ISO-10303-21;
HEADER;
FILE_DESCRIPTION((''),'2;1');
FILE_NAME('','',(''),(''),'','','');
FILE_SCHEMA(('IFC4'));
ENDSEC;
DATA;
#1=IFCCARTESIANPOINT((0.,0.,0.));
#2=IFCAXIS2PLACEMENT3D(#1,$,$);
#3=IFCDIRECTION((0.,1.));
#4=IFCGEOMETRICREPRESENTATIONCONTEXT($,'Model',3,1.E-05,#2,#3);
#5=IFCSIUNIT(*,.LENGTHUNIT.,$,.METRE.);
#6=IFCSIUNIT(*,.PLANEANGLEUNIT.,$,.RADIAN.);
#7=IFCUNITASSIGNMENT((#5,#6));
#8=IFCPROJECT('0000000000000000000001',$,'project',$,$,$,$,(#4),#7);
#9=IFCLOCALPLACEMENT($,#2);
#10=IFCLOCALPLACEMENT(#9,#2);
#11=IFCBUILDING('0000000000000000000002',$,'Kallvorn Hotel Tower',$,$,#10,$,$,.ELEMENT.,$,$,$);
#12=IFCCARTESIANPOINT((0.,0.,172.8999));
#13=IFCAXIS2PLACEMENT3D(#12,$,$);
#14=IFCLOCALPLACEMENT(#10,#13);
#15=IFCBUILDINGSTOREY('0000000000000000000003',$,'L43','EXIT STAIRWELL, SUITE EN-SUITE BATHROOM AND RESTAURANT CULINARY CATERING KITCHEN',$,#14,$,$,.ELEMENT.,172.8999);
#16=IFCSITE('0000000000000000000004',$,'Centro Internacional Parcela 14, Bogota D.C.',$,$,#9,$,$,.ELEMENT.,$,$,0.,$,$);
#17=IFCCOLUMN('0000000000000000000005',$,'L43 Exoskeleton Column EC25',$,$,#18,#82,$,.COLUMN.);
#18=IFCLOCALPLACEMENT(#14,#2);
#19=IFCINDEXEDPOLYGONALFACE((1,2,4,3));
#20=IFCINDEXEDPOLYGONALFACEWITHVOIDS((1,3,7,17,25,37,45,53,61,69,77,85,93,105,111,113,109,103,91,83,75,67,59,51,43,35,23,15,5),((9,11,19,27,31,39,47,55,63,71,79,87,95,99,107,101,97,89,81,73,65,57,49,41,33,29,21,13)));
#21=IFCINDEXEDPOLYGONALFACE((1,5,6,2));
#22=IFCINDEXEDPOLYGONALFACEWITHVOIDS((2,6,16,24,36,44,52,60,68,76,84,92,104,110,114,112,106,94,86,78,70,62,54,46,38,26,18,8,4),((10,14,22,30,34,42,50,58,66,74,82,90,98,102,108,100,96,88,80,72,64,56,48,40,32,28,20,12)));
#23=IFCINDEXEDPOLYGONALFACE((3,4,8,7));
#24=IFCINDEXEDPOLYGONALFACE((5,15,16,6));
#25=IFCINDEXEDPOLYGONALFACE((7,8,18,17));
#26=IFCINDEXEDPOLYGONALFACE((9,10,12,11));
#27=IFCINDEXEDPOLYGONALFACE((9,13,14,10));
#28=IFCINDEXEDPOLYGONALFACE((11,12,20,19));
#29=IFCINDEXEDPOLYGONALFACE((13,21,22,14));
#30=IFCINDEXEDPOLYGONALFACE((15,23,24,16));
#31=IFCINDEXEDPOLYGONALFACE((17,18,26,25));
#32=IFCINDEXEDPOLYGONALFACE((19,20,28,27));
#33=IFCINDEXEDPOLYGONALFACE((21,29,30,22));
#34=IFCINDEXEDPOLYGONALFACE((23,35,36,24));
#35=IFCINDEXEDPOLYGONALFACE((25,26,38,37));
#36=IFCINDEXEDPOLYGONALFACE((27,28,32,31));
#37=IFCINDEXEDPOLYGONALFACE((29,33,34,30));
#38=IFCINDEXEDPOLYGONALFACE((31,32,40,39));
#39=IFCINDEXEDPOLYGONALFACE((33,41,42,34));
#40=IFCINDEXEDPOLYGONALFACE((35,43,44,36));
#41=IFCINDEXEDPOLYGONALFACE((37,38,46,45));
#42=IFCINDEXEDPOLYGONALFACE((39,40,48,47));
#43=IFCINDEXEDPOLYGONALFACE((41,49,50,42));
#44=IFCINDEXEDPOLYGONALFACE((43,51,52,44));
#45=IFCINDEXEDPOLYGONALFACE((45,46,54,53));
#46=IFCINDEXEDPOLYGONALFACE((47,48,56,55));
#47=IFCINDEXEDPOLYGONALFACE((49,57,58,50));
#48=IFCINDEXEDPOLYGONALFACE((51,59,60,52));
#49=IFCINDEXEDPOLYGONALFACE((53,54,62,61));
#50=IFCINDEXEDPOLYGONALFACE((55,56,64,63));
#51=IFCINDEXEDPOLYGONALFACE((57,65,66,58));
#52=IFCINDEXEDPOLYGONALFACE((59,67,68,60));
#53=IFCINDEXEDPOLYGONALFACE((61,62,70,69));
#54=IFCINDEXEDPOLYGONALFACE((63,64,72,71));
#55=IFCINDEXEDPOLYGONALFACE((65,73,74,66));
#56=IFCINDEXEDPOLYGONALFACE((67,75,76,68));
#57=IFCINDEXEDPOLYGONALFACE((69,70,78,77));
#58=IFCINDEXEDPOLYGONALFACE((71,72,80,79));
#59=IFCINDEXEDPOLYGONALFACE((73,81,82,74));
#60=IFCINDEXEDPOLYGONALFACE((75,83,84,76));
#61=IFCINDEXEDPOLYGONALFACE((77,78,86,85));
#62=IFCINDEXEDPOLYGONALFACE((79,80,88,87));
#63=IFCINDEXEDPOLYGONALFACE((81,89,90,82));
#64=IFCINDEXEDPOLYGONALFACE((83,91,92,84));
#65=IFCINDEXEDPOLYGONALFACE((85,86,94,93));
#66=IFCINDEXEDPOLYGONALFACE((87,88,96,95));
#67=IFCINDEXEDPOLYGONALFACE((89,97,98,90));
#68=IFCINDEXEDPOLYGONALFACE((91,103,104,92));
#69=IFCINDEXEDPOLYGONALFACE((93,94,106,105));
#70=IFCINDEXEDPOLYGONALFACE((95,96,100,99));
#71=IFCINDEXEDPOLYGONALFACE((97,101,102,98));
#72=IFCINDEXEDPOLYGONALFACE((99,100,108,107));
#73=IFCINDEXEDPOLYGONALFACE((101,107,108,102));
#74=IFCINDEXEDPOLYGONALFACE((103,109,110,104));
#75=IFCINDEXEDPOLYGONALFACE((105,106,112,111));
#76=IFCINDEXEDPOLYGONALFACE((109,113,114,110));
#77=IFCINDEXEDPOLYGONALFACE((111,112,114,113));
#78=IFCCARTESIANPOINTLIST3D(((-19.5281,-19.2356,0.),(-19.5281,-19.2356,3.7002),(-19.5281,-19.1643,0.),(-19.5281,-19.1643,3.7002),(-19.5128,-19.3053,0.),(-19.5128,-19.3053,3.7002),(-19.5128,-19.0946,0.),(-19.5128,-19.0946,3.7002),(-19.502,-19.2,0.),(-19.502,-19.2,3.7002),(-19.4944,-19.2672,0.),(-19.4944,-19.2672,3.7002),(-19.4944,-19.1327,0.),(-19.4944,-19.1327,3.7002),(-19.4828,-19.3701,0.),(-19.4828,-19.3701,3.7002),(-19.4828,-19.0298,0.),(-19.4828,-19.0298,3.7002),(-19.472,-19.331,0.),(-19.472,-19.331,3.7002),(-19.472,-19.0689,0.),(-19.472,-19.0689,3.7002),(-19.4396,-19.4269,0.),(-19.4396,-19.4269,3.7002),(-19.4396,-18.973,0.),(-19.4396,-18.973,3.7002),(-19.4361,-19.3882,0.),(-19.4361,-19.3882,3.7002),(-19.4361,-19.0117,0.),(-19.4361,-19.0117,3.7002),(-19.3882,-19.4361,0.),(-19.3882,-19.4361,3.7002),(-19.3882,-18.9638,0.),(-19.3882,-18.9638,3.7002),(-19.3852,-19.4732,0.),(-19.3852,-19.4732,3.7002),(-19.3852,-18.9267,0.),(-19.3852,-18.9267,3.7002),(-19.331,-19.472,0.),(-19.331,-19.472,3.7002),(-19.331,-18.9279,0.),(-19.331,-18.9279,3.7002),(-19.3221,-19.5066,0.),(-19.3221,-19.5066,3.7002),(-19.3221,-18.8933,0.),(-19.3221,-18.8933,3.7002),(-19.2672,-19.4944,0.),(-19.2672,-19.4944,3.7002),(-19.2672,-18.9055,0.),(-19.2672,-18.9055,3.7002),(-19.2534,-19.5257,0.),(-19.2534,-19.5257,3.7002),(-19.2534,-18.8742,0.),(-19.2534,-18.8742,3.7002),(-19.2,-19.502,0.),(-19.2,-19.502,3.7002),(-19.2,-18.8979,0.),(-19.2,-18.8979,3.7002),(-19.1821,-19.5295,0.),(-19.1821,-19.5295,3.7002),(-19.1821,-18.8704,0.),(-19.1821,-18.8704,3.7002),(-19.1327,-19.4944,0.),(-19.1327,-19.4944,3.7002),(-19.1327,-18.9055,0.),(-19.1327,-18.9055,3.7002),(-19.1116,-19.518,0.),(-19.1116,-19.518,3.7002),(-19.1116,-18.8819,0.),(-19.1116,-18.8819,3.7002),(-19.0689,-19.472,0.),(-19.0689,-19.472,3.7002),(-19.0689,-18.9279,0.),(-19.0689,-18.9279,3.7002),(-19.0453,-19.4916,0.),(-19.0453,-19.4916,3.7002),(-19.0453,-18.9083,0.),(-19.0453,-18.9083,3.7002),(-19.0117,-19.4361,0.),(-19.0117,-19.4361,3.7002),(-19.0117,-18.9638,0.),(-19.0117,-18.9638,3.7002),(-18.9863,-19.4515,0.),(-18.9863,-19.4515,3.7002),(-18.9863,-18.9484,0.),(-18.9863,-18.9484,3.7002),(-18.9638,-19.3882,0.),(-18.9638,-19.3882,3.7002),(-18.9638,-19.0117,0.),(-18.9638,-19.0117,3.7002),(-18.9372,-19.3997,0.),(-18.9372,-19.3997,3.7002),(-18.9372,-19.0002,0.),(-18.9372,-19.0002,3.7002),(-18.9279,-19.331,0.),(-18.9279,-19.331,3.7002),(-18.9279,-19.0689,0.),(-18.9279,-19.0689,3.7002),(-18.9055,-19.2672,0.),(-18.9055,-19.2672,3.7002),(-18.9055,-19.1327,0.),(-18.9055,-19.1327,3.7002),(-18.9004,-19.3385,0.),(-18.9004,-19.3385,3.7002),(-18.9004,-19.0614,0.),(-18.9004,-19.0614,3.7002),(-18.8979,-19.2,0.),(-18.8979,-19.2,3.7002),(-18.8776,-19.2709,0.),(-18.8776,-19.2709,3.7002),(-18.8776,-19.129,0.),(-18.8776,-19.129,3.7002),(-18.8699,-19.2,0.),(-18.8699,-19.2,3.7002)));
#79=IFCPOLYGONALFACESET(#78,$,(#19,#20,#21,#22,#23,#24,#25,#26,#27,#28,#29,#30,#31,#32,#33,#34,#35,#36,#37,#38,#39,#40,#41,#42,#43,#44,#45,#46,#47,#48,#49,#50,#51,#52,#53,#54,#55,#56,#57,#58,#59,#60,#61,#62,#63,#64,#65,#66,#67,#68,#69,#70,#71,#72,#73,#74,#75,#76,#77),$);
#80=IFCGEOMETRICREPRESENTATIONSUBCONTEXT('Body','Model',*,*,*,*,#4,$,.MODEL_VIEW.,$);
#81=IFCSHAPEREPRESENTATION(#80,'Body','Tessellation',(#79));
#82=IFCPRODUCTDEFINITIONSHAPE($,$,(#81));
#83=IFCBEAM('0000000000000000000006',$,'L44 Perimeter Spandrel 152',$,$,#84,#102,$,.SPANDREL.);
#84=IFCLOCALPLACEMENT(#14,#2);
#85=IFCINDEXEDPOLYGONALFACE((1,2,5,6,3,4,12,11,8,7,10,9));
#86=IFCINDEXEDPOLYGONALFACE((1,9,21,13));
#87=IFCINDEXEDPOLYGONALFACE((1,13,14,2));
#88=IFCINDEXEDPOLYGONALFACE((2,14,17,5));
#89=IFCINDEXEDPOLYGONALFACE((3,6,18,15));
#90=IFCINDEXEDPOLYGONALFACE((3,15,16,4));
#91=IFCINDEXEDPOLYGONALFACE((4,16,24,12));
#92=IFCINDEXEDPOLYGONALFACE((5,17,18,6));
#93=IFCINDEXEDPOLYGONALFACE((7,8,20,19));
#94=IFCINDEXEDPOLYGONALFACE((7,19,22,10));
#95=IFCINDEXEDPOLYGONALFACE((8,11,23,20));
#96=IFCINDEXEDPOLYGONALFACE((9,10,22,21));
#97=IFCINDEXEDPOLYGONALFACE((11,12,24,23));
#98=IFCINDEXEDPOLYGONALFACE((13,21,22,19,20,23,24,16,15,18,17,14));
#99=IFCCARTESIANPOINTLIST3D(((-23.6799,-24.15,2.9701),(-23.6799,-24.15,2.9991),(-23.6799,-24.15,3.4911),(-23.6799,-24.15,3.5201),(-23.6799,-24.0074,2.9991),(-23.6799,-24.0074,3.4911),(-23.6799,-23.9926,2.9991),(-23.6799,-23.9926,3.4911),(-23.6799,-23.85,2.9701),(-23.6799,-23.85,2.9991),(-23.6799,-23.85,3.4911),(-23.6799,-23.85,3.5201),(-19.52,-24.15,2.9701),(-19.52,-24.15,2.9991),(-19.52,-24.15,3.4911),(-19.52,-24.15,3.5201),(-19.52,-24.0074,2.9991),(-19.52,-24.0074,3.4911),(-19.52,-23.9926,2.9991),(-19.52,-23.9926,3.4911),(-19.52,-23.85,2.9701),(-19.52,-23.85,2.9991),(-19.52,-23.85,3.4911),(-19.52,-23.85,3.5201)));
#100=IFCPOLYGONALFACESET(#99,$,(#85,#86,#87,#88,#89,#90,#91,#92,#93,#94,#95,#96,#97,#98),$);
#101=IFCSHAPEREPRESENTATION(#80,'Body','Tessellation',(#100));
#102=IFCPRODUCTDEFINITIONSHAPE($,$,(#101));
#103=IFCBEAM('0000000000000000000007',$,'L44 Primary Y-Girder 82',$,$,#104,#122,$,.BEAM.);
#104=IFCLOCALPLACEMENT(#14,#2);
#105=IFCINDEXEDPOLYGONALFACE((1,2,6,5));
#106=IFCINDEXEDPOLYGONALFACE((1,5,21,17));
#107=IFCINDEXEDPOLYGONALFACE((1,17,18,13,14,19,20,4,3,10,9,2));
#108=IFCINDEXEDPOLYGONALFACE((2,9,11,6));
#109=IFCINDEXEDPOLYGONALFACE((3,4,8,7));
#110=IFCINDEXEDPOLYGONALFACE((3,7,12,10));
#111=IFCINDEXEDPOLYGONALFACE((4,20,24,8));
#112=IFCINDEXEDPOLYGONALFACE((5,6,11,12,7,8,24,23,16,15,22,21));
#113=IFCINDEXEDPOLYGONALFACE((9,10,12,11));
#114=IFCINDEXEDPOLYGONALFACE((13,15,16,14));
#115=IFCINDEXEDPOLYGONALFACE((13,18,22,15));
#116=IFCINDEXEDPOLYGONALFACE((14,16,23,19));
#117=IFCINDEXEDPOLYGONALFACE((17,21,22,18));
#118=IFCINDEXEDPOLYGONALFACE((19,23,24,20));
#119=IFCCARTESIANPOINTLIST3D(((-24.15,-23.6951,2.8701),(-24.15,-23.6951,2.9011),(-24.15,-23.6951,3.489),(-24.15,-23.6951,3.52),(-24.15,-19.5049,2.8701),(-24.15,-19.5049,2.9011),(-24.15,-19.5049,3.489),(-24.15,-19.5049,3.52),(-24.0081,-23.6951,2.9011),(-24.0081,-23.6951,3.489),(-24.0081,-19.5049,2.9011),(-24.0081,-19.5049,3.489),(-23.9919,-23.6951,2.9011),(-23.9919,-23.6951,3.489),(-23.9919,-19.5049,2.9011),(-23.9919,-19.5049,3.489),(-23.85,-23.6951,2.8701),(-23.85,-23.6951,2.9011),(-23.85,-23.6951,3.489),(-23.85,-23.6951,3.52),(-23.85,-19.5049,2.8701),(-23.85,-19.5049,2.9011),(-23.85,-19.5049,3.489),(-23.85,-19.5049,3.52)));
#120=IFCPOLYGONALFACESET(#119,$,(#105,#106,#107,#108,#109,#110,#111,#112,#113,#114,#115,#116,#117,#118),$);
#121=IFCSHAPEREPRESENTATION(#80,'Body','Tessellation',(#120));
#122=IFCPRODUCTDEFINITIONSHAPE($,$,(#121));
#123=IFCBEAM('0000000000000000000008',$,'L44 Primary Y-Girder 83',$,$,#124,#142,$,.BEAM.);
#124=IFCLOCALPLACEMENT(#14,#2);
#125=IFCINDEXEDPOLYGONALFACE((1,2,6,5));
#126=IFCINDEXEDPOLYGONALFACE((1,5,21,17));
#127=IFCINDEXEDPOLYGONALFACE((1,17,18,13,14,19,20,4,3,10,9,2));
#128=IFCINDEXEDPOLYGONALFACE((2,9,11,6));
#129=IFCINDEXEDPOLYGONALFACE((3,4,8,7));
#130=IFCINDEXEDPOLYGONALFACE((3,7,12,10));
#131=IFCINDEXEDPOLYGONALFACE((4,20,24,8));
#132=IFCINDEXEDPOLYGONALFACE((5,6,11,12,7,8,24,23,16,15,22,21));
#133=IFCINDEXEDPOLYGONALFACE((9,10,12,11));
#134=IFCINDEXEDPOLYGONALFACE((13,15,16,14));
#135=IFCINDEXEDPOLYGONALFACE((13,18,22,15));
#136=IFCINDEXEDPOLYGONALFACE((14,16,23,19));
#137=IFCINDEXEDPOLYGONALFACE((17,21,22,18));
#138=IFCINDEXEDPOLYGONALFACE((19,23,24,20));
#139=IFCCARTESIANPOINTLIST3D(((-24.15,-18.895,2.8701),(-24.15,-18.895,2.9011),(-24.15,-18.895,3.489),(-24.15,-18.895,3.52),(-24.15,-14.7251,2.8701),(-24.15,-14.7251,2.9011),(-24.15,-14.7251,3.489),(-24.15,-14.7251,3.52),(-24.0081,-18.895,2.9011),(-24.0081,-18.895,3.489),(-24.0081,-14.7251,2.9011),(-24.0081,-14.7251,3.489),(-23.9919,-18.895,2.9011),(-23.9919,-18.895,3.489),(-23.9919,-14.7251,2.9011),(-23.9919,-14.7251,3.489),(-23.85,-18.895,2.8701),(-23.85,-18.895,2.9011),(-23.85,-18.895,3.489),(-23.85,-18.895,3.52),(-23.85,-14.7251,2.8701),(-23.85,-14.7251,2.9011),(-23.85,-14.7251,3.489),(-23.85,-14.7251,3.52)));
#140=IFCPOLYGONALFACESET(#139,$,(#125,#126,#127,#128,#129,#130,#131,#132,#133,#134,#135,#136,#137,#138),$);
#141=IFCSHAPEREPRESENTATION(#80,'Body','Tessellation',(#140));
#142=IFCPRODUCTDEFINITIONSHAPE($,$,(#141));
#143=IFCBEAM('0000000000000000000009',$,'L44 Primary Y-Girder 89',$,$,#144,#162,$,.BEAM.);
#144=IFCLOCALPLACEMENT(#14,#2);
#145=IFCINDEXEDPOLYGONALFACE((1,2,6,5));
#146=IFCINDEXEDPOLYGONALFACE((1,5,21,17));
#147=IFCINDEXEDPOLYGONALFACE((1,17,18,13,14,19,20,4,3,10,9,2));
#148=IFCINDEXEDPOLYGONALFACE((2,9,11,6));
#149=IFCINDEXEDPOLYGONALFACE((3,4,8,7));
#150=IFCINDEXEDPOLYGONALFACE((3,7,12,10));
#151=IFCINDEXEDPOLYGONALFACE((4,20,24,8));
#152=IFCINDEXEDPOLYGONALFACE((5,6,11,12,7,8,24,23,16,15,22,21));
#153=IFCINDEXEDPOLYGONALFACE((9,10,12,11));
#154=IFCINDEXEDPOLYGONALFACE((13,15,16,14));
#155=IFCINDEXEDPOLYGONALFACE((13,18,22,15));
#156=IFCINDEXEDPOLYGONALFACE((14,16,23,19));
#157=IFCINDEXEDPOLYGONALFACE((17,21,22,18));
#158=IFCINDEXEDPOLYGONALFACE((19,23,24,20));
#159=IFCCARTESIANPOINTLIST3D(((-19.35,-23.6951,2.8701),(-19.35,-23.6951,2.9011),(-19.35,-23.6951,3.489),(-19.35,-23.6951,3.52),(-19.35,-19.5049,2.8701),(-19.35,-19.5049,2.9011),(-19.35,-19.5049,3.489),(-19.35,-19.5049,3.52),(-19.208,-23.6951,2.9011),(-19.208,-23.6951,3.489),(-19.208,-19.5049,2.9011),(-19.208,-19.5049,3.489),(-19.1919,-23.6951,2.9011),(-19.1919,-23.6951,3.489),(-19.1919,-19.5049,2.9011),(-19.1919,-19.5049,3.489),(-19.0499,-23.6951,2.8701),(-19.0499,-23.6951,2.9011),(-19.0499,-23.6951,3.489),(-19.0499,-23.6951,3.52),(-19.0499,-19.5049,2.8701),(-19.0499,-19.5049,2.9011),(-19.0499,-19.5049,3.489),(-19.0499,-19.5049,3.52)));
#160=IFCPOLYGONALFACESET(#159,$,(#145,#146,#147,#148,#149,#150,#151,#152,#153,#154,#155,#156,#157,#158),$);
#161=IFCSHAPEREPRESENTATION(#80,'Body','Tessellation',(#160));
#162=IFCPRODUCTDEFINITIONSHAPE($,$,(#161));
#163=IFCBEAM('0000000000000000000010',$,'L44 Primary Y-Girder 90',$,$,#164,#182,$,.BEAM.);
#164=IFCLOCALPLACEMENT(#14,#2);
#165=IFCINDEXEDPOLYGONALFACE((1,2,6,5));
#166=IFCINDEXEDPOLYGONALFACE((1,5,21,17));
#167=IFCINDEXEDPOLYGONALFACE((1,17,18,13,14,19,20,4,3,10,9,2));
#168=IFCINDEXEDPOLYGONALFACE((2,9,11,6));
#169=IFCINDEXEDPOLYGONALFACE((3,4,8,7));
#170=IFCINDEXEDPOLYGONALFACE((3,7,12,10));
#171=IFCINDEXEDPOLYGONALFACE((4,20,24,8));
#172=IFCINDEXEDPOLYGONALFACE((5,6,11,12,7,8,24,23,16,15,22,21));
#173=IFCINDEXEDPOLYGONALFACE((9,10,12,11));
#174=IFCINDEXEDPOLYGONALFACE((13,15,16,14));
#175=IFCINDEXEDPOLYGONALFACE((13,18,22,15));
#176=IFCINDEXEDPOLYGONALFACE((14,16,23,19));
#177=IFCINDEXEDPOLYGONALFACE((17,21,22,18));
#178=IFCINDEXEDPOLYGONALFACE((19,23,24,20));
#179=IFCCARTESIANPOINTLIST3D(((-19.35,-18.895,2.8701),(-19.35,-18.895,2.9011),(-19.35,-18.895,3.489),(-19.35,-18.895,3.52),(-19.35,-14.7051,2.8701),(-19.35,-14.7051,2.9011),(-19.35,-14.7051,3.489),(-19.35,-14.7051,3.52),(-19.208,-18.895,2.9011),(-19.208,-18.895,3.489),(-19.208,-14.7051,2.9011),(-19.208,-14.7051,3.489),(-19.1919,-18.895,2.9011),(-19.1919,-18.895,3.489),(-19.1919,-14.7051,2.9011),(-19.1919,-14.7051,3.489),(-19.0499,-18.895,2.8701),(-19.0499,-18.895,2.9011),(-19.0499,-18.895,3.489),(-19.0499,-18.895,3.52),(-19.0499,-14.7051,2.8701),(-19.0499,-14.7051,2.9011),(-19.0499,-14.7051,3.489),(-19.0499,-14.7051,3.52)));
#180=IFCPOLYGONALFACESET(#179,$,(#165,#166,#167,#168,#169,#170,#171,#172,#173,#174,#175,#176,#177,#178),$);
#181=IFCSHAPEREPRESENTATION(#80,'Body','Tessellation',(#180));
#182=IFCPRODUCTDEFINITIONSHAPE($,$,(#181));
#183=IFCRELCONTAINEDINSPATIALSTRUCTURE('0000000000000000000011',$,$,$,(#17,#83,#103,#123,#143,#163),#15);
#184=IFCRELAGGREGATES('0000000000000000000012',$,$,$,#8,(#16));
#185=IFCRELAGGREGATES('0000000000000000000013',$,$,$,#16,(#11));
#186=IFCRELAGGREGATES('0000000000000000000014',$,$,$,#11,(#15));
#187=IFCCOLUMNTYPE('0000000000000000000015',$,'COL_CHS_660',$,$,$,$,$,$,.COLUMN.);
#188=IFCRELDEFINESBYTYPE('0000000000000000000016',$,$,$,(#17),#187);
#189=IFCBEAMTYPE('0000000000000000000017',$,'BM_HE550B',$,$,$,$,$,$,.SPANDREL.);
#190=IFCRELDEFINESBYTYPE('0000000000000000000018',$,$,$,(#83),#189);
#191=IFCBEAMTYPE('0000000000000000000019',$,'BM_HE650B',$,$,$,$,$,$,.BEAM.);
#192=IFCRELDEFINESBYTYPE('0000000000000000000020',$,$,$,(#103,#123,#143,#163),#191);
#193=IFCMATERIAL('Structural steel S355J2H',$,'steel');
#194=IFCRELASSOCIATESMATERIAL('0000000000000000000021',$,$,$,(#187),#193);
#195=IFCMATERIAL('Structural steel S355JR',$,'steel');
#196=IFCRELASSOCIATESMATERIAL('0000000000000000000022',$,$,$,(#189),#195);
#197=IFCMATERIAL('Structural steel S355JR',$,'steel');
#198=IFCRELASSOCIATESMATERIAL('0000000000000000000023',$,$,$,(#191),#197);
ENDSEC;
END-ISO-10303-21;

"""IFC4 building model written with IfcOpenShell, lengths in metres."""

from ifc_helpers import new_model, si_unit, direction, frame, origin, origin_2d, place, context, subcontext, project, spatial, hollow_circle, i_section, extrude, material, material_profile, profile_set, type_object, element, save


model = new_model("IFC4")

# Units and contexts
model_context = context("Model", 3, precision=1e-05, world=origin(), true_north=direction((0.0, 1.0)))
body_context = subcontext(model_context, "Body", "Model", "MODEL_VIEW")
ifc_project = project(units=[si_unit("LENGTHUNIT", "METRE"), si_unit("PLANEANGLEUNIT", "RADIAN")], contexts=[model_context])

# Site, building, storey
site_placement = place(None, origin())
site = spatial("IfcSite", under=ifc_project, at=site_placement, Name="Centro Internacional Parcela 14, Bogota D.C.", CompositionType="ELEMENT", RefElevation=0.0)
building_placement = place(site_placement, origin())
building = spatial("IfcBuilding", under=site, at=building_placement, Name="Kallvorn Hotel Tower", CompositionType="ELEMENT")
storey_placement = place(building_placement, frame((0.0, 0.0, 172.8999)))
storey = spatial("IfcBuildingStorey", under=building, at=storey_placement, Name="L43", Description="EXIT STAIRWELL, SUITE EN-SUITE BATHROOM AND RESTAURANT CULINARY CATERING KITCHEN", CompositionType="ELEMENT", Elevation=172.8999)

# Column
ifc_material_1 = material(Name="Structural steel S355J2H", Category="steel")
ifc_material_profile_1 = material_profile(ifc_material_1, hollow_circle(Radius=0.3301, WallThickness=0.0281, at=origin_2d()), Name="CHS 660x28")
ifc_profile_set_1 = profile_set([ifc_material_profile_1], Name="Structural steel S355J2H")
column_type = type_object("IfcColumnType", Name="COL_CHS_660", PredefinedType="COLUMN", material=ifc_profile_set_1)
for number, where, z_axis, x_axis, name in (
    (1, (-19.2, -19.2, 0.0), (0.0, 0.0, 1.0), (1.0, 0.0, 0.0), "L43 Exoskeleton Column EC25"),
):
    element("IfcColumn", number, at=place(storey_placement, frame(where, z_axis=z_axis, x_axis=x_axis)), inside=storey, type_object=column_type, Name=name, PredefinedType="COLUMN", context=body_context, shape_type="SweptSolid", body=[
        extrude(hollow_circle(Radius=0.3301, WallThickness=0.0281, at=origin_2d()), origin(), (0.0, 0.0, 1.0), 3.7002),
    ])

# Beams
ifc_material_2 = material(Name="Structural steel S355JR", Category="steel")
ifc_material_profile_2 = material_profile(ifc_material_2, i_section(OverallWidth=0.3, OverallDepth=0.55, WebThickness=0.0149, FlangeThickness=0.0291, at=origin_2d()), Name="HE 550 B")
ifc_profile_set_2 = profile_set([ifc_material_profile_2], Name="Structural steel S355JR")
beam_type_1 = type_object("IfcBeamType", Name="BM_HE550B", PredefinedType="SPANDREL", material=ifc_profile_set_2)
beam_1_placement = place(storey_placement, frame((-23.6799, -24.0, 3.2451), z_axis=(1.0, 0.0, 0.0), x_axis=(0.0, 1.0, 0.0)))
element("IfcBeam", 2, at=beam_1_placement, inside=storey, type_object=beam_type_1, Name="L44 Perimeter Spandrel 152", PredefinedType="SPANDREL", context=body_context, shape_type="SweptSolid", body=[
    extrude(i_section(OverallWidth=0.3, OverallDepth=0.55, WebThickness=0.0149, FlangeThickness=0.0291, at=origin_2d()), origin(), (0.0, 0.0, 1.0), 4.1599),
])
ifc_material_3 = material(Name="Structural steel S355JR", Category="steel")
ifc_material_profile_3 = material_profile(ifc_material_3, i_section(OverallWidth=0.3, OverallDepth=0.6499, WebThickness=0.0161, FlangeThickness=0.031, at=origin_2d()), Name="HE 650 B")
ifc_profile_set_3 = profile_set([ifc_material_profile_3], Name="Structural steel S355JR")
beam_type_2 = type_object("IfcBeamType", Name="BM_HE650B", PredefinedType="BEAM", material=ifc_profile_set_3)
beam_2_placement = place(storey_placement, frame((-24.0, -23.6951, 3.1951), z_axis=(0.0, 1.0, 0.0), x_axis=(-1.0, 0.0, 0.0)))
element("IfcBeam", 3, at=beam_2_placement, inside=storey, type_object=beam_type_2, Name="L44 Primary Y-Girder 82", PredefinedType="BEAM", context=body_context, shape_type="SweptSolid", body=[
    extrude(i_section(OverallWidth=0.3, OverallDepth=0.6499, WebThickness=0.0161, FlangeThickness=0.031, at=origin_2d()), origin(), (0.0, 0.0, 1.0), 4.1902),
])
beam_3_placement = place(storey_placement, frame((-24.0, -18.895, 3.1951), z_axis=(0.0, 1.0, 0.0), x_axis=(-1.0, 0.0, 0.0)))
element("IfcBeam", 4, at=beam_3_placement, inside=storey, type_object=beam_type_2, Name="L44 Primary Y-Girder 83", PredefinedType="BEAM", context=body_context, shape_type="SweptSolid", body=[
    extrude(i_section(OverallWidth=0.3, OverallDepth=0.6499, WebThickness=0.0161, FlangeThickness=0.031, at=origin_2d()), origin(), (0.0, 0.0, 1.0), 4.1699),
])
beam_4_placement = place(storey_placement, frame((-19.2, -23.6951, 3.1951), z_axis=(0.0, 1.0, 0.0), x_axis=(-1.0, 0.0, 0.0)))
element("IfcBeam", 5, at=beam_4_placement, inside=storey, type_object=beam_type_2, Name="L44 Primary Y-Girder 89", PredefinedType="BEAM", context=body_context, shape_type="SweptSolid", body=[
    extrude(i_section(OverallWidth=0.3, OverallDepth=0.6499, WebThickness=0.0161, FlangeThickness=0.031, at=origin_2d()), origin(), (0.0, 0.0, 1.0), 4.1902),
])
beam_5_placement = place(storey_placement, frame((-19.2, -18.895, 3.1951), z_axis=(0.0, 1.0, 0.0), x_axis=(-1.0, 0.0, 0.0)))
element("IfcBeam", 6, at=beam_5_placement, inside=storey, type_object=beam_type_2, Name="L44 Primary Y-Girder 90", PredefinedType="BEAM", context=body_context, shape_type="SweptSolid", body=[
    extrude(i_section(OverallWidth=0.3, OverallDepth=0.6499, WebThickness=0.0161, FlangeThickness=0.031, at=origin_2d()), origin(), (0.0, 0.0, 1.0), 4.1899),
])

save(model, "model.ifc")
